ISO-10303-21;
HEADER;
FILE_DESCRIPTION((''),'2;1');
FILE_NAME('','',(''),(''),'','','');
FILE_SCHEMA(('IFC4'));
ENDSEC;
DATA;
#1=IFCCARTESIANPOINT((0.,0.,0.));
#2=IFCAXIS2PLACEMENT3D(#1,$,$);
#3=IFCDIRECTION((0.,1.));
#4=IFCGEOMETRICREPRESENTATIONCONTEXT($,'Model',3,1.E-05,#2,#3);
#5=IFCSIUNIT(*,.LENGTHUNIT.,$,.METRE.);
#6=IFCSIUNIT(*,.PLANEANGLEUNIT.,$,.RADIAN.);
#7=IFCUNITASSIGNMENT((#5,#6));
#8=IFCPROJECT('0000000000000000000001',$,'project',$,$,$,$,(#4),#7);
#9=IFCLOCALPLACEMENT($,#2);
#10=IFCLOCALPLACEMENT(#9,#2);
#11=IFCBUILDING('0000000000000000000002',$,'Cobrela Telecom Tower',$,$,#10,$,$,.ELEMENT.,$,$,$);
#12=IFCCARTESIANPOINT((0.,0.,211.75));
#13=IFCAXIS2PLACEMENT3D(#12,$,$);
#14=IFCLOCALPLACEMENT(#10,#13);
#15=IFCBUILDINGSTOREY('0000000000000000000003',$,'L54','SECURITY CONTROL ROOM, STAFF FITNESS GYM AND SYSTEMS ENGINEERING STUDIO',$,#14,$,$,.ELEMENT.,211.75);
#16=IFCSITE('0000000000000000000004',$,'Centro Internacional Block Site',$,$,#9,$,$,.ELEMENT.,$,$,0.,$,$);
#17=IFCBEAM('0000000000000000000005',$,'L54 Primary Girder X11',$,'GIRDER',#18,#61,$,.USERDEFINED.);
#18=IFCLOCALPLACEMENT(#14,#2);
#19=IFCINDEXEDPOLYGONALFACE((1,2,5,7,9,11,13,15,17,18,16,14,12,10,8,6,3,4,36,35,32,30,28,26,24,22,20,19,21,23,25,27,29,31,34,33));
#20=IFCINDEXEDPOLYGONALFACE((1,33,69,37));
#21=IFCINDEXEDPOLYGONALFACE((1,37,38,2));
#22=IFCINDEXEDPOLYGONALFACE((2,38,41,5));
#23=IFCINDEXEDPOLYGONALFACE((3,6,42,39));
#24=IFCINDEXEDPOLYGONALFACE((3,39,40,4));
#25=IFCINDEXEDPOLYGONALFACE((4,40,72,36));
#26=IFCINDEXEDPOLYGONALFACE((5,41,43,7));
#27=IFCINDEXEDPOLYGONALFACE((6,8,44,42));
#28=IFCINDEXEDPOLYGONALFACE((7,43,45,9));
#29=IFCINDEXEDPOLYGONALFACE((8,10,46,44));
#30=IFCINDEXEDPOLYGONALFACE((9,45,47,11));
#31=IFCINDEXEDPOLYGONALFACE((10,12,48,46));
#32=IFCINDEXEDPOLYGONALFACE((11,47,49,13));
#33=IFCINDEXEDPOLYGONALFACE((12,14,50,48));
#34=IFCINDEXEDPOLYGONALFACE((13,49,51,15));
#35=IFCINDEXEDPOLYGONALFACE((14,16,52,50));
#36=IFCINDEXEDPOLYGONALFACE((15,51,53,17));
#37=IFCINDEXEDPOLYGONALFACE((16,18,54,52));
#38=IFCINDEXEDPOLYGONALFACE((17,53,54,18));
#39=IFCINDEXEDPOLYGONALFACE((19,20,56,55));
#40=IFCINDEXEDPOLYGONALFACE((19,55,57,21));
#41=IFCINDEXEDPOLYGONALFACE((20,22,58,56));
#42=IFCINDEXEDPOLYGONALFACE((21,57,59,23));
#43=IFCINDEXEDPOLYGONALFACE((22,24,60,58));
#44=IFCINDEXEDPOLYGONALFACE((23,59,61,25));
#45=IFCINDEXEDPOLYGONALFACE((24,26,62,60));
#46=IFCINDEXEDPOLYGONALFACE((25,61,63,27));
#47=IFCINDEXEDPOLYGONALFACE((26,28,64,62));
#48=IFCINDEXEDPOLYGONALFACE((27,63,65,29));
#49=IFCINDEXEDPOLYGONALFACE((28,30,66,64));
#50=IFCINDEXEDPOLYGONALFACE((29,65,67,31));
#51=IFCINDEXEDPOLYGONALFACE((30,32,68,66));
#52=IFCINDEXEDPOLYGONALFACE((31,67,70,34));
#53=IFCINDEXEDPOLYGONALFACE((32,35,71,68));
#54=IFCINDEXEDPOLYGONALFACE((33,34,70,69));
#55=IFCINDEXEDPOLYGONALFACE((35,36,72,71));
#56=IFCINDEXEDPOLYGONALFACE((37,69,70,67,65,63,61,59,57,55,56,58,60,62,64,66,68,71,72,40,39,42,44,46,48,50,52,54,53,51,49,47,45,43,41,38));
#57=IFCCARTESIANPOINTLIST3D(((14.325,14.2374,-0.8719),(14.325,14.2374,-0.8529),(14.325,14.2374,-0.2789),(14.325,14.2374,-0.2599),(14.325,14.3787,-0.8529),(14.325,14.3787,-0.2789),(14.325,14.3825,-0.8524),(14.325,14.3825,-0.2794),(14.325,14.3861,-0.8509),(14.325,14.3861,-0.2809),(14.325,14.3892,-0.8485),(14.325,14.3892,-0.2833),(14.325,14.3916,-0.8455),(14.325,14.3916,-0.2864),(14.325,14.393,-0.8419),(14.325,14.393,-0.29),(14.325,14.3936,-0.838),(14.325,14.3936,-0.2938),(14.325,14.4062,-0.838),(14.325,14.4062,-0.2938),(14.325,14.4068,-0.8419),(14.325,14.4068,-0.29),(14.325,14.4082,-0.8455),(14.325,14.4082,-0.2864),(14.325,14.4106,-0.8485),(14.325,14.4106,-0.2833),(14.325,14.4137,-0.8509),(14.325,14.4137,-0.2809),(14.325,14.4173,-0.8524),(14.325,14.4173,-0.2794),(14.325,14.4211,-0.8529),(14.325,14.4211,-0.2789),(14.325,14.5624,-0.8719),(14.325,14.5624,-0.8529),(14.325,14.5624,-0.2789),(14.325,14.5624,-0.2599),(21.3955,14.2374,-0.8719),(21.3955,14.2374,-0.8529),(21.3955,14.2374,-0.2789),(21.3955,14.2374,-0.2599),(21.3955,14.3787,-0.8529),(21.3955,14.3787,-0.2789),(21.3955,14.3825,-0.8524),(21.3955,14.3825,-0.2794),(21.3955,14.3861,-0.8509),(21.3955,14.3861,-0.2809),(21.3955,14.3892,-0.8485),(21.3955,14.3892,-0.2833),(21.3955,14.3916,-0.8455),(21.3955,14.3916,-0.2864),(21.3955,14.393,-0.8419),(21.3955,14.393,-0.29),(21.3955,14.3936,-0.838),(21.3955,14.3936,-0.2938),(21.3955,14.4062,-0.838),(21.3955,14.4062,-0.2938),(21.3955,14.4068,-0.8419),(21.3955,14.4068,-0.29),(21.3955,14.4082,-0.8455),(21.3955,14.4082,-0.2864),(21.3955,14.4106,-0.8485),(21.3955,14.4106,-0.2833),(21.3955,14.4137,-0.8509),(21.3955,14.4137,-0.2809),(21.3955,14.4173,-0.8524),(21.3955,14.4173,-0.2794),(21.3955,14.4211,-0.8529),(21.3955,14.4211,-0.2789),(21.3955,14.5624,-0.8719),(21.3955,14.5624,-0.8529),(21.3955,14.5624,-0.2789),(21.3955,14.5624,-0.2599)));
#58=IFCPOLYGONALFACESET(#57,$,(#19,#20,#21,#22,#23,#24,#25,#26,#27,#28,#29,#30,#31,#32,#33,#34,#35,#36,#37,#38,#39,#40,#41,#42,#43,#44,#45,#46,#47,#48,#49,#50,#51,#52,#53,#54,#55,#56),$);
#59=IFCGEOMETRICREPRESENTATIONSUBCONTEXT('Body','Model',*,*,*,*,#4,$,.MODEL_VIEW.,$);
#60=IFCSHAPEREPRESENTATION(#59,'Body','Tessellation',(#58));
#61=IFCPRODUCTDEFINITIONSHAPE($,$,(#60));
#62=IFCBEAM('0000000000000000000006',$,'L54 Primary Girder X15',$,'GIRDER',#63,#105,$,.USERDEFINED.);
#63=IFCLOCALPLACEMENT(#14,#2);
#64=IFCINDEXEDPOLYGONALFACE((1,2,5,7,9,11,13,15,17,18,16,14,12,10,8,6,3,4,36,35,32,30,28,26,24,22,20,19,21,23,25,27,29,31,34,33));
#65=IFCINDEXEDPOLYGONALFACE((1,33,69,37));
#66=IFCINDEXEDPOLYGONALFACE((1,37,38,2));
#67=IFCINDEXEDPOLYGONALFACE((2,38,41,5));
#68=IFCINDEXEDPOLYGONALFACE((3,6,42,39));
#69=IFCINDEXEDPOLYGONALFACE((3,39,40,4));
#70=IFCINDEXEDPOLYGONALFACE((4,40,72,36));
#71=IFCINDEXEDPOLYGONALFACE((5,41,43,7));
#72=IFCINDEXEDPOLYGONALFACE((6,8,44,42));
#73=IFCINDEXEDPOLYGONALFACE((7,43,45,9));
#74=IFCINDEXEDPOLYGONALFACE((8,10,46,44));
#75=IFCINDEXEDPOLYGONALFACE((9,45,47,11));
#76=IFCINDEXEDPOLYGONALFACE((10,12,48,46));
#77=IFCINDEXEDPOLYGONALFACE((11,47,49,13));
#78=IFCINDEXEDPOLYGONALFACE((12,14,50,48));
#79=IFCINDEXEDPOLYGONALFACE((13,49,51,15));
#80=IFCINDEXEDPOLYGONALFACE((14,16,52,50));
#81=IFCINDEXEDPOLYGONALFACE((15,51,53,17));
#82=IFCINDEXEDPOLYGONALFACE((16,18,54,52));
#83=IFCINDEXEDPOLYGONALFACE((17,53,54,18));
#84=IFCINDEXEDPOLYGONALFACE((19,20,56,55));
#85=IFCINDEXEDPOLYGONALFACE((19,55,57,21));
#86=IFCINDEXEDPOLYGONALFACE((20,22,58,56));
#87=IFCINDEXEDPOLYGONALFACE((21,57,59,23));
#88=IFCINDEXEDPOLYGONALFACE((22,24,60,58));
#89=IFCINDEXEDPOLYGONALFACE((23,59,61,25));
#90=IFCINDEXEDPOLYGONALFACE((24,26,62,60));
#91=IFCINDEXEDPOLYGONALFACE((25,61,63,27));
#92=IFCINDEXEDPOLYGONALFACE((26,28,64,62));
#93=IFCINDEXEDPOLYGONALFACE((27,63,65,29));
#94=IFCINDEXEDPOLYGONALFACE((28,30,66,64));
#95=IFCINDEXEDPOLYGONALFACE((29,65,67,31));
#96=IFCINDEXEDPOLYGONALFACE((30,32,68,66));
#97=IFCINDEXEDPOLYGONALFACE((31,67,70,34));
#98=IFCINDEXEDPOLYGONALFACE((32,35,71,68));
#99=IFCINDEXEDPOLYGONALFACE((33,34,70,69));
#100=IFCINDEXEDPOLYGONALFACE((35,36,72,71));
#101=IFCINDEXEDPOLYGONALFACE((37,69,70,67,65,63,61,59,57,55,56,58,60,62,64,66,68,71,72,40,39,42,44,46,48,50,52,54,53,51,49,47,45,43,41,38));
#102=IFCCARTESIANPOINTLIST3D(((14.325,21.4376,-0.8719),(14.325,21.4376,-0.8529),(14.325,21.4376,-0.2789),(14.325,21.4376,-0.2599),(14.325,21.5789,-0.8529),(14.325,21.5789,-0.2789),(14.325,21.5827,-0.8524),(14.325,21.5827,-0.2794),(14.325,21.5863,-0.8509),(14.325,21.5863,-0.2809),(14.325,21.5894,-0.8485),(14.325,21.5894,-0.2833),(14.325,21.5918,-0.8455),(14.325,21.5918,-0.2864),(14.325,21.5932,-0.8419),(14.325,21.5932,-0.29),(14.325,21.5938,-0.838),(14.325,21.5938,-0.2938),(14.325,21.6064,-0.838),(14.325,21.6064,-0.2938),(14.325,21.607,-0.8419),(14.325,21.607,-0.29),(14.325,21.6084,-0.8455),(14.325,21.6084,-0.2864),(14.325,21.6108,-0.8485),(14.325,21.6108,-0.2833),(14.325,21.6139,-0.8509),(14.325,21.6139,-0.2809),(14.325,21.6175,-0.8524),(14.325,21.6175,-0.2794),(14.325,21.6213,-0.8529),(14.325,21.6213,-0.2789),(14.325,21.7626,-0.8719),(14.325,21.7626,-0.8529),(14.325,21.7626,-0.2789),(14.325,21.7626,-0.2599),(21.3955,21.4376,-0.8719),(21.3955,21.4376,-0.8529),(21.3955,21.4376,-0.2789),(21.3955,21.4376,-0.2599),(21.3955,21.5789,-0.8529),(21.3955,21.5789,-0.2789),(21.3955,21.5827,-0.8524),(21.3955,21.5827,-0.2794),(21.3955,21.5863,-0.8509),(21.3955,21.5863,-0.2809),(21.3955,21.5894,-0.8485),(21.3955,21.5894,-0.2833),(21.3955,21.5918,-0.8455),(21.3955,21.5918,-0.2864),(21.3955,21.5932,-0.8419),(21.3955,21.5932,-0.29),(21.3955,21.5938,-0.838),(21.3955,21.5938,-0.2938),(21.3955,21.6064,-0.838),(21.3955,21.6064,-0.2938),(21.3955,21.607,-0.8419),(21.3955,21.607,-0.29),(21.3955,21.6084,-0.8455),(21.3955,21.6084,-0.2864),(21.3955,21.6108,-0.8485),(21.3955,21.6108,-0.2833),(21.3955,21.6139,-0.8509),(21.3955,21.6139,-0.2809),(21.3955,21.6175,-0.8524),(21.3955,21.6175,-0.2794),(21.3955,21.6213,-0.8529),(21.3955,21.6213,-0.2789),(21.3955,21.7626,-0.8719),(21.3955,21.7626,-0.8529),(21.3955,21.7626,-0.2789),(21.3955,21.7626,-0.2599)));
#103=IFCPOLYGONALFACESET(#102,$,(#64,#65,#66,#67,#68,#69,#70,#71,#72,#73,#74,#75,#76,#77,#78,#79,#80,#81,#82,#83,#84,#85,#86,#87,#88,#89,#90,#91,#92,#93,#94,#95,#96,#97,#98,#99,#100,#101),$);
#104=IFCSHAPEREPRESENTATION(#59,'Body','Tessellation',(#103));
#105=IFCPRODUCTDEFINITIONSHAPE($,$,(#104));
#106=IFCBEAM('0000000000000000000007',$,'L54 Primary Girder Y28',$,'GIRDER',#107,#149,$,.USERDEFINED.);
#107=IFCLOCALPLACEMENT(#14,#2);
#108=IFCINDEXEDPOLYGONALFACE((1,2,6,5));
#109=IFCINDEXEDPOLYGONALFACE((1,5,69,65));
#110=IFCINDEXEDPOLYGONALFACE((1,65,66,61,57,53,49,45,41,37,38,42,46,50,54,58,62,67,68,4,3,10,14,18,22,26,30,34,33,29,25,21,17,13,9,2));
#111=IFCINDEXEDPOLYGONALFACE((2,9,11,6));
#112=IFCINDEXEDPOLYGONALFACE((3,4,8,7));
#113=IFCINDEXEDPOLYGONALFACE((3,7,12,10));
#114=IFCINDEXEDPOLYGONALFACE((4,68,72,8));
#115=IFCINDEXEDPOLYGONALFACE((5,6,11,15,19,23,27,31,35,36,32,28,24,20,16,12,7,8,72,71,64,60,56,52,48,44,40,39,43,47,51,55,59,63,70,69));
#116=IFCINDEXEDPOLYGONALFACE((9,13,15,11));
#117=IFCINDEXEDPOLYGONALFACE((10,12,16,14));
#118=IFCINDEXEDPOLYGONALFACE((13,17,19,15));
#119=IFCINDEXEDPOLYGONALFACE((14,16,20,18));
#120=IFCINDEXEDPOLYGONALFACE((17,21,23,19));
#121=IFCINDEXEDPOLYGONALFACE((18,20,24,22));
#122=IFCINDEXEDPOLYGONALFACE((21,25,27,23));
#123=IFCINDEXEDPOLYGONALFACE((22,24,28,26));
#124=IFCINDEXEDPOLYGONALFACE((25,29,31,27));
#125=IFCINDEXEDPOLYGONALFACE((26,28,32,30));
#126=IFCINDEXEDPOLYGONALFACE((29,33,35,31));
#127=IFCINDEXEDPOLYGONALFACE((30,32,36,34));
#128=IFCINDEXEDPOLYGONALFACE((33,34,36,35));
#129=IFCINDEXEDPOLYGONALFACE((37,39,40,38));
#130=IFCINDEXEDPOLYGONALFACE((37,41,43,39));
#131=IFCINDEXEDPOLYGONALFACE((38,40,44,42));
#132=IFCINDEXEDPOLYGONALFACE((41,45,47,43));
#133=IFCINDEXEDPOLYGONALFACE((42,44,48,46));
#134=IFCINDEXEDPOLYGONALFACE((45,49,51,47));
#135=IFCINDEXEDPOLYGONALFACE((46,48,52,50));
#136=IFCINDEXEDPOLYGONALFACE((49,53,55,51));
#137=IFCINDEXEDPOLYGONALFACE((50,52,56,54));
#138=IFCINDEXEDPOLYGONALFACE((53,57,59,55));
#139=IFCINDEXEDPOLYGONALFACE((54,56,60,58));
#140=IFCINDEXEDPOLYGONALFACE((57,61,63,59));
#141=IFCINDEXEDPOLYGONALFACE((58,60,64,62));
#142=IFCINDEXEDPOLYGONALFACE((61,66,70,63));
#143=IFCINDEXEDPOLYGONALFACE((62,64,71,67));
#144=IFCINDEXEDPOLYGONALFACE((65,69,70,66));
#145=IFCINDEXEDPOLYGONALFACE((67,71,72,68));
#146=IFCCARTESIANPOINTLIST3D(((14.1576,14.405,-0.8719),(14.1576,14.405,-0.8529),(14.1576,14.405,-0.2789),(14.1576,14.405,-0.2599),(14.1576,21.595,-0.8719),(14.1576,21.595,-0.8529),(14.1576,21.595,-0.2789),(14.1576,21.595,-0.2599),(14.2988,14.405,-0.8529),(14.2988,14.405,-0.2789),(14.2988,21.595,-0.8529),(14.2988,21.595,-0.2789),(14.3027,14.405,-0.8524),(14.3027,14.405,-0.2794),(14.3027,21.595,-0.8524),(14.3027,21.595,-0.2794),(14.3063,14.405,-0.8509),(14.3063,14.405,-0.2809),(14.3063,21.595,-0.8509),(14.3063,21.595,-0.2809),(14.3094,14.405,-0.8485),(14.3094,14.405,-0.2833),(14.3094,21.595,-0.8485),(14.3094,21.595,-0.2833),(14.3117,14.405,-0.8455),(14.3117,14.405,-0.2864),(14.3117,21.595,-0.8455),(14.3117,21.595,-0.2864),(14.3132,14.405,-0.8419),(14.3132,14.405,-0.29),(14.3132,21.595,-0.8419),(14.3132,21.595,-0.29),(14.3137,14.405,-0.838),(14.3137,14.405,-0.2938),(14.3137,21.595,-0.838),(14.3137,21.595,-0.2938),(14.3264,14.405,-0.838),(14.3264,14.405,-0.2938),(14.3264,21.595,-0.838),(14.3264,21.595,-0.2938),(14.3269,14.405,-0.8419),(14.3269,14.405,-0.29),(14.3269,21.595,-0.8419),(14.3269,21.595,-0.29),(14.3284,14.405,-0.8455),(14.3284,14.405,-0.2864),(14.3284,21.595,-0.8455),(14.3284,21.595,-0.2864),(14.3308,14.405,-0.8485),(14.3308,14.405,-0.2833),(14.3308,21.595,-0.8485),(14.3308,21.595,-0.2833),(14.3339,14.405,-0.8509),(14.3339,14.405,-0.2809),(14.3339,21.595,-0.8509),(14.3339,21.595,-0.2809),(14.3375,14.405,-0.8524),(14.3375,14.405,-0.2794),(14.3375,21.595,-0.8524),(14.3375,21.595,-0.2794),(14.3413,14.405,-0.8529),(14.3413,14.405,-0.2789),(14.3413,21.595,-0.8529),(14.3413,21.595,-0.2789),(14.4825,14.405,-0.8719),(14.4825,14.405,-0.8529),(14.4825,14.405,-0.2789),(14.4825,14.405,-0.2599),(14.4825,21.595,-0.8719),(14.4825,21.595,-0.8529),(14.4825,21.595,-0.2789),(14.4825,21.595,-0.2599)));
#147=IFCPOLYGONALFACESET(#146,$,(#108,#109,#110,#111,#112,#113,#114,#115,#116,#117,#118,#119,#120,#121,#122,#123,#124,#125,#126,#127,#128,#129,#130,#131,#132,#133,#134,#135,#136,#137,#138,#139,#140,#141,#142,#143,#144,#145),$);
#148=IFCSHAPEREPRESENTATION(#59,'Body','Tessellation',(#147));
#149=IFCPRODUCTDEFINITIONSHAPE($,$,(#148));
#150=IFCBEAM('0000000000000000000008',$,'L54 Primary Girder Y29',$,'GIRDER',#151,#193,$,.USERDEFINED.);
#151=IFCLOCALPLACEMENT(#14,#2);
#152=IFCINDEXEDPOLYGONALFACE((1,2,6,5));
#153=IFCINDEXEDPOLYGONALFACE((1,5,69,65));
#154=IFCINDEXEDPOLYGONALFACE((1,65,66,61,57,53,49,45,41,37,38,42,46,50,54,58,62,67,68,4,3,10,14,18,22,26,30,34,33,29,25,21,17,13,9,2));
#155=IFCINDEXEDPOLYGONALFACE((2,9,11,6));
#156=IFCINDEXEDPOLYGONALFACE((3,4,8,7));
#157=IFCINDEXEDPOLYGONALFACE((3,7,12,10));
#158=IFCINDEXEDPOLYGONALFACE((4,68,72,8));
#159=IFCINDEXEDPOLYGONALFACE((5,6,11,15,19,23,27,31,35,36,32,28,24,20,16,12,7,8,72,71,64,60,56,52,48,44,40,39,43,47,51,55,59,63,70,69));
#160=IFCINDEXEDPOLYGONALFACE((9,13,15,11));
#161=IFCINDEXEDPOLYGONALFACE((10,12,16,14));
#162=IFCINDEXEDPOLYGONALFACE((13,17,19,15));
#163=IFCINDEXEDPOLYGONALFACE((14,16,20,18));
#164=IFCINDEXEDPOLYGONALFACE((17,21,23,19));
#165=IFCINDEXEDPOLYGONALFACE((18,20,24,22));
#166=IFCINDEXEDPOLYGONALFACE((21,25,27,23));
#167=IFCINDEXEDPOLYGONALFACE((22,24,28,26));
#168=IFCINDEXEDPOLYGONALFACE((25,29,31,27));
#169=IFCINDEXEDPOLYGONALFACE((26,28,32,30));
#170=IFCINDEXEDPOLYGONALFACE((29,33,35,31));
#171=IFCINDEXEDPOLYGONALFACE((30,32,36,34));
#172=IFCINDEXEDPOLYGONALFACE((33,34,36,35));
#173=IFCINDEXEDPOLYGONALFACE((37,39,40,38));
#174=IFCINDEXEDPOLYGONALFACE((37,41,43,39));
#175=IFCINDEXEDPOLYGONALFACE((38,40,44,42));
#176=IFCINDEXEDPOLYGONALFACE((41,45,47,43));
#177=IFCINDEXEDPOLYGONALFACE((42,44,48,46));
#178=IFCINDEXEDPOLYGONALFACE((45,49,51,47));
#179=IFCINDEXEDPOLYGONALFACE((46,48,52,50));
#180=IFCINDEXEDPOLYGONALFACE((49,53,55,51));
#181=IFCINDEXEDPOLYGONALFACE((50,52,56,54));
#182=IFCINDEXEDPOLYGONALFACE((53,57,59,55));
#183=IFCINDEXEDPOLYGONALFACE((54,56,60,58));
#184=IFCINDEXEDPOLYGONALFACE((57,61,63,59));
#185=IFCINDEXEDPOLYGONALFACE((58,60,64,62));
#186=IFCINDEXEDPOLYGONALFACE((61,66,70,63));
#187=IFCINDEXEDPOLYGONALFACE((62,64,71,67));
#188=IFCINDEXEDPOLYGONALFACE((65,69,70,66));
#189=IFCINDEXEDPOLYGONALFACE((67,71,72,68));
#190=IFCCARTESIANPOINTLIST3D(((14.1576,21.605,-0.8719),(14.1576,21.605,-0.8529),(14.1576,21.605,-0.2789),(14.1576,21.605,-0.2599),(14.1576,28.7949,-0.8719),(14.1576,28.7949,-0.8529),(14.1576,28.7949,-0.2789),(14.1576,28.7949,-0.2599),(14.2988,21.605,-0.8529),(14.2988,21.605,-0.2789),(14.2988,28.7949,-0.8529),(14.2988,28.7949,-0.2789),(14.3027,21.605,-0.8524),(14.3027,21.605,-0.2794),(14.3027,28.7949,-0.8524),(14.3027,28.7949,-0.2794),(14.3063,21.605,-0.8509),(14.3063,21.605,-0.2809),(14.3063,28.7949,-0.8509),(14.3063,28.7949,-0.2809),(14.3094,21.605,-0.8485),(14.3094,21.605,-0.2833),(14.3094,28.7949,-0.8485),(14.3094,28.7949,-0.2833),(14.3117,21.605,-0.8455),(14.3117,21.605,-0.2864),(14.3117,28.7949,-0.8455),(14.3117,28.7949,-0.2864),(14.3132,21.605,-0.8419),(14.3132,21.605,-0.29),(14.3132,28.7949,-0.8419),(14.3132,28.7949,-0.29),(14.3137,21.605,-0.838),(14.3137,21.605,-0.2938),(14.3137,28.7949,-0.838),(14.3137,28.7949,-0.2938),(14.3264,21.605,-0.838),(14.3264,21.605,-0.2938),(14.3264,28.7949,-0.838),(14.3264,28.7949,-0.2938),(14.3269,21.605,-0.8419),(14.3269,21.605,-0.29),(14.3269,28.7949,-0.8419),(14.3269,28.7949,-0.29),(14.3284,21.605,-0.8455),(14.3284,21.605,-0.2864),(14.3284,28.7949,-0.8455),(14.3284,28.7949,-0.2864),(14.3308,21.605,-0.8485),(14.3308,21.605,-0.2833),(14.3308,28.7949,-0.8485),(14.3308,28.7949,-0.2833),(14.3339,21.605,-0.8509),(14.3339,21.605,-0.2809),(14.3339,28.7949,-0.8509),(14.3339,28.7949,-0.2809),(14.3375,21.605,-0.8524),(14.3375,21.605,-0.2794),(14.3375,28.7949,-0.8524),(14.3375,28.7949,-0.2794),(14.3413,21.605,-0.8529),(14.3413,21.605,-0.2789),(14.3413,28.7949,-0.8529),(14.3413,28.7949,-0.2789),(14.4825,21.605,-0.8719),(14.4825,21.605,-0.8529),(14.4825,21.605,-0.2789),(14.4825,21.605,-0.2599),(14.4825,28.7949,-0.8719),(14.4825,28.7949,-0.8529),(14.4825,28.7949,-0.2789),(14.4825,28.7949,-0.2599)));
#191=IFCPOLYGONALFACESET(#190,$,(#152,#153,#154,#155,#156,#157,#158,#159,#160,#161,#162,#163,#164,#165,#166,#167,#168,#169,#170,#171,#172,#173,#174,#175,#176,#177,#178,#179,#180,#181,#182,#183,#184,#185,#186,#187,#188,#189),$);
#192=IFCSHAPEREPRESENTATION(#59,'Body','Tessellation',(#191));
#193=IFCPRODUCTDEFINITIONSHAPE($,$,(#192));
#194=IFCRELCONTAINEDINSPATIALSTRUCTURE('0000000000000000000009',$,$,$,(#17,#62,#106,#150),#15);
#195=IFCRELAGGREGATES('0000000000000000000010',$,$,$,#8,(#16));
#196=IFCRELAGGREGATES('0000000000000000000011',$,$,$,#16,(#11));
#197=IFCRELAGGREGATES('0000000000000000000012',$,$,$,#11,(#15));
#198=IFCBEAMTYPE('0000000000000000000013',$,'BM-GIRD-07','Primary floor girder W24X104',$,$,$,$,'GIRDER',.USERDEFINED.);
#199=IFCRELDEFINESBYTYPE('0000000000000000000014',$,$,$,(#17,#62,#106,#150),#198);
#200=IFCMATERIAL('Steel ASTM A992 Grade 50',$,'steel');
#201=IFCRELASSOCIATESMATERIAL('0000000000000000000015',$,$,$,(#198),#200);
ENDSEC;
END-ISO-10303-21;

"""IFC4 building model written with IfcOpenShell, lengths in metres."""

from ifc_helpers import new_model, si_unit, direction, frame, origin, origin_2d, place, context, subcontext, project, spatial, i_section, extrude, material, material_profile, profile_set, type_object, element, save


model = new_model("IFC4")

# Units and contexts
model_context = context("Model", 3, precision=1e-05, world=origin(), true_north=direction((0.0, 1.0)))
body_context = subcontext(model_context, "Body", "Model", "MODEL_VIEW")
ifc_project = project(units=[si_unit("LENGTHUNIT", "METRE"), si_unit("PLANEANGLEUNIT", "RADIAN")], contexts=[model_context])

# Site, building, storey
site_placement = place(None, origin())
site = spatial("IfcSite", under=ifc_project, at=site_placement, Name="Centro Internacional Block Site", CompositionType="ELEMENT", RefElevation=0.0)
building_placement = place(site_placement, origin())
building = spatial("IfcBuilding", under=site, at=building_placement, Name="Cobrela Telecom Tower", CompositionType="ELEMENT")
storey_placement = place(building_placement, frame((0.0, 0.0, 211.75)))
storey = spatial("IfcBuildingStorey", under=building, at=storey_placement, Name="L54", Description="SECURITY CONTROL ROOM, STAFF FITNESS GYM AND SYSTEMS ENGINEERING STUDIO", CompositionType="ELEMENT", Elevation=211.75)

# Beams
ifc_material_1 = material(Name="Steel ASTM A992 Grade 50", Category="steel")
ifc_material_profile_1 = material_profile(ifc_material_1, i_section(OverallWidth=0.325, OverallDepth=0.6121, WebThickness=0.0127, FlangeThickness=0.019, FilletRadius=0.0149, at=origin_2d()), Name="W24X104")
ifc_profile_set_1 = profile_set([ifc_material_profile_1], Name="Steel ASTM A992 Grade 50")
beam_type_1 = type_object("IfcBeamType", Name="BM-GIRD-07", Description="Primary floor girder W24X104", ElementType="GIRDER", PredefinedType="USERDEFINED", material=ifc_profile_set_1)
for number, where, z_axis, x_axis, name in (
    (1, (14.325, 14.3999, -0.5659), (1.0, 0.0, 0.0), (0.0, 1.0, 0.0), "L54 Primary Girder X11"),
    (2, (14.325, 21.6001, -0.5659), (1.0, 0.0, 0.0), (0.0, 1.0, 0.0), "L54 Primary Girder X15"),
):
    element("IfcBeam", number, at=place(storey_placement, frame(where, z_axis=z_axis, x_axis=x_axis)), inside=storey, type_object=beam_type_1, Name=name, ObjectType="GIRDER", PredefinedType="USERDEFINED", context=body_context, shape_type="SweptSolid", body=[
        extrude(i_section(OverallWidth=0.325, OverallDepth=0.6121, WebThickness=0.0127, FlangeThickness=0.019, FilletRadius=0.0149, at=origin_2d()), origin(), (0.0, 0.0, 1.0), 7.0706),
    ])
for number, where, z_axis, x_axis, name in (
    (3, (14.3201, 14.405, -0.5659), (0.0, 1.0, 0.0), (-1.0, 0.0, 0.0), "L54 Primary Girder Y28"),
    (4, (14.3201, 21.605, -0.5659), (0.0, 1.0, 0.0), (-1.0, 0.0, 0.0), "L54 Primary Girder Y29"),
):
    element("IfcBeam", number, at=place(storey_placement, frame(where, z_axis=z_axis, x_axis=x_axis)), inside=storey, type_object=beam_type_1, Name=name, ObjectType="GIRDER", PredefinedType="USERDEFINED", context=body_context, shape_type="SweptSolid", body=[
        extrude(i_section(OverallWidth=0.325, OverallDepth=0.6121, WebThickness=0.0127, FlangeThickness=0.019, FilletRadius=0.0149, at=origin_2d()), origin(), (0.0, 0.0, 1.0), 7.1899),
    ])

save(model, "model.ifc")
